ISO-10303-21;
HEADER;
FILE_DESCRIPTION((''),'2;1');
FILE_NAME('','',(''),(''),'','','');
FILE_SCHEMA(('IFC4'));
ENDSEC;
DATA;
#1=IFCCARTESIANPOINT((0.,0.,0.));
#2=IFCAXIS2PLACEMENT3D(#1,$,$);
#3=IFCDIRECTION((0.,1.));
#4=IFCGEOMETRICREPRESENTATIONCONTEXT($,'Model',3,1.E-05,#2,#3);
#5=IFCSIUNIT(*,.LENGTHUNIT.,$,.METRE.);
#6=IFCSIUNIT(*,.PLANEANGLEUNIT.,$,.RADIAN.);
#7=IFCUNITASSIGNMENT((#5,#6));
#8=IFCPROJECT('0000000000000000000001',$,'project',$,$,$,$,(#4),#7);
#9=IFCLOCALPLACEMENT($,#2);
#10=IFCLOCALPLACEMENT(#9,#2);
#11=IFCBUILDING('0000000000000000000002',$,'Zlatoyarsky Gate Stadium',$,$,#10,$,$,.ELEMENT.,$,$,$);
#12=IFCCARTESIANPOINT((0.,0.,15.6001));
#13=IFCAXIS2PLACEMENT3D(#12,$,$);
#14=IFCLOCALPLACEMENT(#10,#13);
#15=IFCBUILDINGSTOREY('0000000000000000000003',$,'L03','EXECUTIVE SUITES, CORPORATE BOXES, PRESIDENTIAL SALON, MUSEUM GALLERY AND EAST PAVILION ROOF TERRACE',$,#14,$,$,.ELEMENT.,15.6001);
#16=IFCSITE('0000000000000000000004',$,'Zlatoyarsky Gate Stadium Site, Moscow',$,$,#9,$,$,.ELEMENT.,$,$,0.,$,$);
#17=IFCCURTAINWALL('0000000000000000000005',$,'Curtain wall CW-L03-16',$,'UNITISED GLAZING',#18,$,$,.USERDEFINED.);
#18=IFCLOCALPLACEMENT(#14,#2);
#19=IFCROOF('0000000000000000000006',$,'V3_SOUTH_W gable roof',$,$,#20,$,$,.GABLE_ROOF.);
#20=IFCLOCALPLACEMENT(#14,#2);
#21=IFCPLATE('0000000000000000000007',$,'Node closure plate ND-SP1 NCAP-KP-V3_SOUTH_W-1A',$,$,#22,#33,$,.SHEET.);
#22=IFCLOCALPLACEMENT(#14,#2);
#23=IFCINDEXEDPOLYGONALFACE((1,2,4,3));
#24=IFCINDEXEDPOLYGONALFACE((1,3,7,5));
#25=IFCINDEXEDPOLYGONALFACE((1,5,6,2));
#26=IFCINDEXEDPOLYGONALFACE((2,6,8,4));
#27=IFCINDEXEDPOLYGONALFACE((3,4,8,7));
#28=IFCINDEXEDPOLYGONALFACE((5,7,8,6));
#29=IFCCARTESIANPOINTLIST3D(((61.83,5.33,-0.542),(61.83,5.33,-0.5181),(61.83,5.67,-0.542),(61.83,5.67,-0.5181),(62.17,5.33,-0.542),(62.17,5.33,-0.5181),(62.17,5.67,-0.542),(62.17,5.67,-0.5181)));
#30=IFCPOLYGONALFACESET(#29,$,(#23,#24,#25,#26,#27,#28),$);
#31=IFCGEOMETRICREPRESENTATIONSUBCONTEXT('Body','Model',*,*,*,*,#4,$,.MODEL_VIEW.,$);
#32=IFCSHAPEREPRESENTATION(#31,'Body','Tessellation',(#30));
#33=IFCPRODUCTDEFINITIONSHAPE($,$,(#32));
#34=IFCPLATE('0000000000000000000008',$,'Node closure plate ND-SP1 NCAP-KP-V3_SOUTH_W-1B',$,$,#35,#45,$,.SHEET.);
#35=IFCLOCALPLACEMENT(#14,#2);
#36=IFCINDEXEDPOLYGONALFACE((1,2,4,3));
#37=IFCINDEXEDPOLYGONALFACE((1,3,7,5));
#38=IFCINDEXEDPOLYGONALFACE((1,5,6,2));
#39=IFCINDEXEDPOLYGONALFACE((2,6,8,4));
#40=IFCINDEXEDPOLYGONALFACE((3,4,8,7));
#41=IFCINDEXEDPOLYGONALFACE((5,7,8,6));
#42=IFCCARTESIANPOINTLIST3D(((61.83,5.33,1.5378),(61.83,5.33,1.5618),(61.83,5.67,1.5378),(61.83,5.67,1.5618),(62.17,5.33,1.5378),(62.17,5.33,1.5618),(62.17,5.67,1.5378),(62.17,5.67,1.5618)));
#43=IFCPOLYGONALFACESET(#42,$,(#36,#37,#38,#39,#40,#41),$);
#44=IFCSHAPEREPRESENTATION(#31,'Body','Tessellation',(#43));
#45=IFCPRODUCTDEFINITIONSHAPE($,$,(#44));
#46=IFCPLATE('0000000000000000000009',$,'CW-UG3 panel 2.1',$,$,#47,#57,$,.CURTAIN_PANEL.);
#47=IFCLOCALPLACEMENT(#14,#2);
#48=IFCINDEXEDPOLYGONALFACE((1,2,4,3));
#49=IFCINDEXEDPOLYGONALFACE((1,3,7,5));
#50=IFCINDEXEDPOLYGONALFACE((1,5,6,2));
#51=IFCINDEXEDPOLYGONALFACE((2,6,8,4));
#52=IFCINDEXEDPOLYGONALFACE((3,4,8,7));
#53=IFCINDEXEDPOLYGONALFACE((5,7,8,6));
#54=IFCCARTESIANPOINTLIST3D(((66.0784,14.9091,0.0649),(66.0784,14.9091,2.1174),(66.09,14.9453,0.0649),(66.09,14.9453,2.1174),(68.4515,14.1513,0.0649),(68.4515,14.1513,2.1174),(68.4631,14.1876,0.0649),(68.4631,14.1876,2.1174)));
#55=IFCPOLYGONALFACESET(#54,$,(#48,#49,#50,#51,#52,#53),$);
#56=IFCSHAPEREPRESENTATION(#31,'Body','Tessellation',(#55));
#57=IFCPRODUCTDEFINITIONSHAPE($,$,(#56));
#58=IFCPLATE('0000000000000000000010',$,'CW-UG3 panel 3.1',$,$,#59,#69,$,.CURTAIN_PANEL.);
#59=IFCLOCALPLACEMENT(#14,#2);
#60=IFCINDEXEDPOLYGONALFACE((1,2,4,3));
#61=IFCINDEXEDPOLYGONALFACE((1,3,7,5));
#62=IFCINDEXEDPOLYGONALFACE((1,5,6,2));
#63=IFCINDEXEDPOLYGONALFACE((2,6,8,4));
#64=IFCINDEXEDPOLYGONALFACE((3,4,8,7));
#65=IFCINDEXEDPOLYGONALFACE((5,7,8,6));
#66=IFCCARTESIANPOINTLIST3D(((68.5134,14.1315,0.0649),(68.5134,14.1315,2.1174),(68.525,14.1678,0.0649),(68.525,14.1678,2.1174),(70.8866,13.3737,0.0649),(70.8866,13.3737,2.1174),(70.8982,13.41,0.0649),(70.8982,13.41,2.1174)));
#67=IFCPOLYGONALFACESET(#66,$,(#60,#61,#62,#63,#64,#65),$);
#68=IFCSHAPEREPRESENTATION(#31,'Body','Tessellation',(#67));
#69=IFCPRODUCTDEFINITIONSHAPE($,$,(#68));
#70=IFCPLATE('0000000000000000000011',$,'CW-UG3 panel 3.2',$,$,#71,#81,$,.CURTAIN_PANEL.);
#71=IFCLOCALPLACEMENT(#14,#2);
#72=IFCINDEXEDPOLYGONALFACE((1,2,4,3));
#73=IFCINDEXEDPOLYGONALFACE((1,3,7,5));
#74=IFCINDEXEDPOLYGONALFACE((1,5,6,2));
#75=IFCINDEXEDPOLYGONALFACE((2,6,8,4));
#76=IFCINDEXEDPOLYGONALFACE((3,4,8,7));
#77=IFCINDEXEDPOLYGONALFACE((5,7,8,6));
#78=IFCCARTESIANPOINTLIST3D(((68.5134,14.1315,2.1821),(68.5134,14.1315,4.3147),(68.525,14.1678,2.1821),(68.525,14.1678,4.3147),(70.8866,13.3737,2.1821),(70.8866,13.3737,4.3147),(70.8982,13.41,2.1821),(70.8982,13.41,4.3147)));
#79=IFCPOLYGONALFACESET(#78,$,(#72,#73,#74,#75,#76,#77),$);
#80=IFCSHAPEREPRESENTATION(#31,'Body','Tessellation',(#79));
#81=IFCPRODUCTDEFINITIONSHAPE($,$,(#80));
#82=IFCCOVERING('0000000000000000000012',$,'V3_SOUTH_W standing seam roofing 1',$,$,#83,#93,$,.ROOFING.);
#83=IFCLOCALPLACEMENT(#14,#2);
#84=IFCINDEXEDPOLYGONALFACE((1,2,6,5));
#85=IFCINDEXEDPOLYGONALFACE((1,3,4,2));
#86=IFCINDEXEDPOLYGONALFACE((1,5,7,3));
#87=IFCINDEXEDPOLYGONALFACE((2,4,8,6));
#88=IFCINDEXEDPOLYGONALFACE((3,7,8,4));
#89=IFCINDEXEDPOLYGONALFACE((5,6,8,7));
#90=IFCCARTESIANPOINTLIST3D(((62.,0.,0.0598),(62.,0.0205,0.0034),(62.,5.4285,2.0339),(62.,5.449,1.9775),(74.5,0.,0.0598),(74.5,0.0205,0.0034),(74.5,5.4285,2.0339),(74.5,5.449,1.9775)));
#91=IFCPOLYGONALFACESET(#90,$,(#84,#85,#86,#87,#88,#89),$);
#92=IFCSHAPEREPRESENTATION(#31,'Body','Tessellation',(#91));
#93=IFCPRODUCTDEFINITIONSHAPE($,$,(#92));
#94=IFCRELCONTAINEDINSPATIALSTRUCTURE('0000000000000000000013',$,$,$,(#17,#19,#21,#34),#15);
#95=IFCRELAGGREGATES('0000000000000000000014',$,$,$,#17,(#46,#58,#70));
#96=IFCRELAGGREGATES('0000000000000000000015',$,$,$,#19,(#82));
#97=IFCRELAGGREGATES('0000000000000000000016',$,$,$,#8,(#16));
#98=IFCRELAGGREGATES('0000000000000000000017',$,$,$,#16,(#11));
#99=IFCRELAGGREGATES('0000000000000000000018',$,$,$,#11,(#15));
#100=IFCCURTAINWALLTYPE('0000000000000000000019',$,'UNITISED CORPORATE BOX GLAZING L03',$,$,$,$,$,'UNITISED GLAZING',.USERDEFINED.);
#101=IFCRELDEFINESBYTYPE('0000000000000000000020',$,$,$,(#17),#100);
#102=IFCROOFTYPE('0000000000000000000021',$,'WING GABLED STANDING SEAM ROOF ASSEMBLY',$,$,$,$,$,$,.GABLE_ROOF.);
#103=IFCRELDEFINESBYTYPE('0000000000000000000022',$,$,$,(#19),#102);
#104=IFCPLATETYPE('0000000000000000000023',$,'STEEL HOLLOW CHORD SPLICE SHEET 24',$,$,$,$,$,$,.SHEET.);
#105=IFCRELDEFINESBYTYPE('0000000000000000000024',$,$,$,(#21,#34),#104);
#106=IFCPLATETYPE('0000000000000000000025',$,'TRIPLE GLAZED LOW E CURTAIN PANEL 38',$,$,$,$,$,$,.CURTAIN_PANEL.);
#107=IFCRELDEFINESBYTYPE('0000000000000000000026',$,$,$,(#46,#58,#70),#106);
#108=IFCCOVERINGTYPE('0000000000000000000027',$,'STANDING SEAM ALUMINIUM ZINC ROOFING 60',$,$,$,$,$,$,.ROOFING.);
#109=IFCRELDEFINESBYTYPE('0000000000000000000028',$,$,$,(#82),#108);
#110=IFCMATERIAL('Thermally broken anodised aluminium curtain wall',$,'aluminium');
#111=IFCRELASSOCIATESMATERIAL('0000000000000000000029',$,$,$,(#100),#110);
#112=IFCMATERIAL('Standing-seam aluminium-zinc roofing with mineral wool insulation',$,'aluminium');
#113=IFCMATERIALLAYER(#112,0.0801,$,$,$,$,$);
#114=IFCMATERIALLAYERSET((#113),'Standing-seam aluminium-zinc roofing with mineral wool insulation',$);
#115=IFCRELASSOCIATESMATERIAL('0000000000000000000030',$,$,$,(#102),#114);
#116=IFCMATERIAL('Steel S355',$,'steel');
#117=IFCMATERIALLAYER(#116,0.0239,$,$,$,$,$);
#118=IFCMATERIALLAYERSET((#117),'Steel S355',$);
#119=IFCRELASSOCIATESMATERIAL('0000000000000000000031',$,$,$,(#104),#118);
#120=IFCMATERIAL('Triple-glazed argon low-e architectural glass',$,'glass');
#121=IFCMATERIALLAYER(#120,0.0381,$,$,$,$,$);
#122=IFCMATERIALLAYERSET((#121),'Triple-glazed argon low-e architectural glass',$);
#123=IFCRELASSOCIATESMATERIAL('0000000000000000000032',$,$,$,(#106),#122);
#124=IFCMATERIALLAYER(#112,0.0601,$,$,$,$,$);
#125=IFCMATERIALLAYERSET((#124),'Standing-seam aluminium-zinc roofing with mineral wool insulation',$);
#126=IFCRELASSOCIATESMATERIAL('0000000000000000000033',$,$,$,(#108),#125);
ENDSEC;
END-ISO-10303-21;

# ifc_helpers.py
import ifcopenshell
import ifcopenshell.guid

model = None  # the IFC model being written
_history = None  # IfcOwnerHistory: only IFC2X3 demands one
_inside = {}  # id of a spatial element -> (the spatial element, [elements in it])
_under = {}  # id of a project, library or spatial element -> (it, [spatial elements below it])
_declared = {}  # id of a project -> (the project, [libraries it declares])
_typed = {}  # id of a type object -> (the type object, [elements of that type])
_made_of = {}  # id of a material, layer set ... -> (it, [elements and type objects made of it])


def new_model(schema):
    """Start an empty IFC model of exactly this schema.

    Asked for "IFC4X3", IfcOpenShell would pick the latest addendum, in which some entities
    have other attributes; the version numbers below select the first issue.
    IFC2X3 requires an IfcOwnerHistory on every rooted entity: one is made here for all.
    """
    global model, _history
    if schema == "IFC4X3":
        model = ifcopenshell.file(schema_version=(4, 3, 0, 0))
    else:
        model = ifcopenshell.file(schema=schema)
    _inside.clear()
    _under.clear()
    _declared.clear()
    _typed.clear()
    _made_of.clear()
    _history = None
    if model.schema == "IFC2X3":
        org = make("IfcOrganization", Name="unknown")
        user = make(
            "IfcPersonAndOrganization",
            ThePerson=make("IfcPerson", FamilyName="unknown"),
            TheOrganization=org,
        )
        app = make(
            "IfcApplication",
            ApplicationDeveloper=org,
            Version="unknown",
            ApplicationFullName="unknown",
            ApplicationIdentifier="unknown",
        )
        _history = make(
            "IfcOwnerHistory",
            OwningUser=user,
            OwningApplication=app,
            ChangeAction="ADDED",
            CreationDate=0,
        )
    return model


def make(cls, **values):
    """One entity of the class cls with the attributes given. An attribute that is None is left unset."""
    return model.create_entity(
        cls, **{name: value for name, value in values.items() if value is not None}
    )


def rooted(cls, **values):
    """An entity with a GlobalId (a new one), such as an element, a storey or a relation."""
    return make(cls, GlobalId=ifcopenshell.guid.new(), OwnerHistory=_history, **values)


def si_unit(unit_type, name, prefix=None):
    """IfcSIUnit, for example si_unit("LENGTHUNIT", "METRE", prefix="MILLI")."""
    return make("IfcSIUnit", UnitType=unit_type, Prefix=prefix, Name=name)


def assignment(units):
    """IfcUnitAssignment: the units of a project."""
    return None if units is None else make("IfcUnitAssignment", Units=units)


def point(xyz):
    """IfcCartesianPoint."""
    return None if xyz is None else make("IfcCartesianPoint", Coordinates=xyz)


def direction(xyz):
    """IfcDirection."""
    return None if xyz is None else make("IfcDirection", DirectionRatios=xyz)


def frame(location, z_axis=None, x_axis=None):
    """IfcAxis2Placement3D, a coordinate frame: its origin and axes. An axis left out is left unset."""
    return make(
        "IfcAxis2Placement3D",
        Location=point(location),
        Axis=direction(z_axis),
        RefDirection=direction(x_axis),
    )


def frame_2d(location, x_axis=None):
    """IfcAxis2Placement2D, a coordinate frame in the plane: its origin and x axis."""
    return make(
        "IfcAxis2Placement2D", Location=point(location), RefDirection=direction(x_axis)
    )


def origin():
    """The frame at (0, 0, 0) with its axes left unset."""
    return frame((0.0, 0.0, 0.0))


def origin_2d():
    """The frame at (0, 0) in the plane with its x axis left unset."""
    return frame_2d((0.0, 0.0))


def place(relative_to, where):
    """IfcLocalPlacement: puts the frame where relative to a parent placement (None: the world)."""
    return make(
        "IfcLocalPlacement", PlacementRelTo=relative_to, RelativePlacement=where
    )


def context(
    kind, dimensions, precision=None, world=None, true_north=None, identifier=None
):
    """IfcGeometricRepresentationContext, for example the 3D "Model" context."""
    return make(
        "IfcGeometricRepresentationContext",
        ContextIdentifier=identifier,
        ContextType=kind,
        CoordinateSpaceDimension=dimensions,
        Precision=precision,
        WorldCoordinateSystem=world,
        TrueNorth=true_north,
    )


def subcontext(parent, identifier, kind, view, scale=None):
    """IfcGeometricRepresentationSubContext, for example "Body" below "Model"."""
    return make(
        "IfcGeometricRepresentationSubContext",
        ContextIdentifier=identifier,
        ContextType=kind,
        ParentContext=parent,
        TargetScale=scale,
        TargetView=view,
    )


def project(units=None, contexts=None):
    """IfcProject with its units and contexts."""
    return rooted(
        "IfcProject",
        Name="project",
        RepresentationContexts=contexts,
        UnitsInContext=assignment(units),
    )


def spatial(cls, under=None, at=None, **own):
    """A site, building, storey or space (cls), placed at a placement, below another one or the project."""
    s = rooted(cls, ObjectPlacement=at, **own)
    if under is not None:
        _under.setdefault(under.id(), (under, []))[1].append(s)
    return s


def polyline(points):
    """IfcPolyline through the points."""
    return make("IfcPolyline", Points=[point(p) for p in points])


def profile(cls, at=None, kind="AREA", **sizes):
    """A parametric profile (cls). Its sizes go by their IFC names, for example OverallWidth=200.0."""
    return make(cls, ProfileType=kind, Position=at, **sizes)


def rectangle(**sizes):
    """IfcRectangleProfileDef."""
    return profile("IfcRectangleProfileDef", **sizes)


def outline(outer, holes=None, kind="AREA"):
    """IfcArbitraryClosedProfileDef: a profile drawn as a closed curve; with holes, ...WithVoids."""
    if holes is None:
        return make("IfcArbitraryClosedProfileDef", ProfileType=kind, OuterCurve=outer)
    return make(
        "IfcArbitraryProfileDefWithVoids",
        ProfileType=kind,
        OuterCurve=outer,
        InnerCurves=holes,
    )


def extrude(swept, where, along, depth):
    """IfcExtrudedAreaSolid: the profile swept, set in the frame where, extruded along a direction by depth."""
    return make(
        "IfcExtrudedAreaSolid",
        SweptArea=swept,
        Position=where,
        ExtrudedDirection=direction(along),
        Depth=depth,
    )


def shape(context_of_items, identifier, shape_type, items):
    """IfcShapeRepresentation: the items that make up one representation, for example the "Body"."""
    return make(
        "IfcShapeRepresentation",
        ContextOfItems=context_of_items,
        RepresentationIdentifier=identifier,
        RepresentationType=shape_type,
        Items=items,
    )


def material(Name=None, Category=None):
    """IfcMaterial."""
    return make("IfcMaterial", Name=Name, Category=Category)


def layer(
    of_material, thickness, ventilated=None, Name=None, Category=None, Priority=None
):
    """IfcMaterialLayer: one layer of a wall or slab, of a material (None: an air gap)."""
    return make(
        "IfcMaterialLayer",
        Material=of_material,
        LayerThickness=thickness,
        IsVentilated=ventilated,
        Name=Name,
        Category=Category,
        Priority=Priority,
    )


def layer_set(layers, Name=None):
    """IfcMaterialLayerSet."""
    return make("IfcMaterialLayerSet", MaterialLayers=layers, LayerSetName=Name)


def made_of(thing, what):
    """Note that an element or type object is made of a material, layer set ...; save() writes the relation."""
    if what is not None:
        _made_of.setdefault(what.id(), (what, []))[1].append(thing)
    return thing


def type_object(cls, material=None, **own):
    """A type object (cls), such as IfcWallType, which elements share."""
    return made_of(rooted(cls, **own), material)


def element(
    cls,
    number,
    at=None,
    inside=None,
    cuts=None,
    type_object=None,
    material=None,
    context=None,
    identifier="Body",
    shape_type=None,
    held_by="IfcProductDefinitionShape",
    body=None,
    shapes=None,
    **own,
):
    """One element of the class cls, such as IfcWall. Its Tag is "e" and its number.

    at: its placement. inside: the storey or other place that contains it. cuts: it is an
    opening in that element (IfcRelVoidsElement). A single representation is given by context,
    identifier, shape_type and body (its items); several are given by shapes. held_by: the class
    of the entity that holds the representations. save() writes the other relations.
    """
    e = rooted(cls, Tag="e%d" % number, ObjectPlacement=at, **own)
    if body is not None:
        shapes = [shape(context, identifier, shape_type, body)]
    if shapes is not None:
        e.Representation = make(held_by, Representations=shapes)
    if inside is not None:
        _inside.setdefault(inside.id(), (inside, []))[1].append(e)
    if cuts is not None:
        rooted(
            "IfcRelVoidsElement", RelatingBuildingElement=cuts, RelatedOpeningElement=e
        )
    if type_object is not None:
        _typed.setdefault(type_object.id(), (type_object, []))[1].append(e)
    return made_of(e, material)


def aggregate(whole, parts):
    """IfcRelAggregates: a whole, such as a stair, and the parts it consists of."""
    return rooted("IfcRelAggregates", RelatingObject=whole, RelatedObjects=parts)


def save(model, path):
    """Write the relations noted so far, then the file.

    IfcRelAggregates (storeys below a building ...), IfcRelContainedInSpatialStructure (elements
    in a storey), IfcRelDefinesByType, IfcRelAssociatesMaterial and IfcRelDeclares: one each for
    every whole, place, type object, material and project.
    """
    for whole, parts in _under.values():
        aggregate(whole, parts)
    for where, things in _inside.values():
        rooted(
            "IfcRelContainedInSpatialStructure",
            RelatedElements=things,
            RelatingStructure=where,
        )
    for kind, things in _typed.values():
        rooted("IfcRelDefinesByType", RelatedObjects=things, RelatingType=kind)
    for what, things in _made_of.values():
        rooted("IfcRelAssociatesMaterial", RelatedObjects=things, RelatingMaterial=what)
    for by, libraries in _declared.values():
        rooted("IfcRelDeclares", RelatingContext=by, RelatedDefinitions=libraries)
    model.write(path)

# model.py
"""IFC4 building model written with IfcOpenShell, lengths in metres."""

from ifc_helpers import new_model, si_unit, direction, frame, origin, origin_2d, place, context, subcontext, project, spatial, polyline, rectangle, outline, extrude, material, layer, layer_set, type_object, element, aggregate, save


model = new_model("IFC4")

# Units and contexts
model_context = context("Model", 3, precision=1e-05, world=origin(), true_north=direction((0.0, 1.0)))
body_context = subcontext(model_context, "Body", "Model", "MODEL_VIEW")
ifc_project = project(units=[si_unit("LENGTHUNIT", "METRE"), si_unit("PLANEANGLEUNIT", "RADIAN")], contexts=[model_context])

# Site, building, storey
site_placement = place(None, origin())
site = spatial("IfcSite", under=ifc_project, at=site_placement, Name="Zlatoyarsky Gate Stadium Site, Moscow", CompositionType="ELEMENT", RefElevation=0.0)
building_placement = place(site_placement, origin())
building = spatial("IfcBuilding", under=site, at=building_placement, Name="Zlatoyarsky Gate Stadium", CompositionType="ELEMENT")
storey_placement = place(building_placement, frame((0.0, 0.0, 15.6001)))
storey = spatial("IfcBuildingStorey", under=building, at=storey_placement, Name="L03", Description="EXECUTIVE SUITES, CORPORATE BOXES, PRESIDENTIAL SALON, MUSEUM GALLERY AND EAST PAVILION ROOF TERRACE", CompositionType="ELEMENT", Elevation=15.6001)

# Curtain wall
ifc_material_1 = material(Name="Thermally broken anodised aluminium curtain wall", Category="aluminium")
curtain_wall_type = type_object("IfcCurtainWallType", Name="UNITISED CORPORATE BOX GLAZING L03", ElementType="UNITISED GLAZING", PredefinedType="USERDEFINED", material=ifc_material_1)
curtain_wall_placement = place(storey_placement, origin())
curtain_wall = element("IfcCurtainWall", 1, at=curtain_wall_placement, inside=storey, type_object=curtain_wall_type, Name="Curtain wall CW-L03-16", ObjectType="UNITISED GLAZING", PredefinedType="USERDEFINED")

# Shared definitions
ifc_material_2 = material(Name="Steel S355", Category="steel")

# Roof
ifc_material_3 = material(Name="Standing-seam aluminium-zinc roofing with mineral wool insulation", Category="aluminium")
ifc_layer_1 = layer(ifc_material_3, 0.0801)
ifc_layer_set_1 = layer_set([ifc_layer_1], Name="Standing-seam aluminium-zinc roofing with mineral wool insulation")
roof_type = type_object("IfcRoofType", Name="WING GABLED STANDING SEAM ROOF ASSEMBLY", PredefinedType="GABLE_ROOF", material=ifc_layer_set_1)
roof_placement = place(storey_placement, origin())
roof = element("IfcRoof", 2, at=roof_placement, inside=storey, type_object=roof_type, Name="V3_SOUTH_W gable roof", PredefinedType="GABLE_ROOF")

# Plates
ifc_layer_2 = layer(ifc_material_2, 0.0239)
ifc_layer_set_2 = layer_set([ifc_layer_2], Name="Steel S355")
plate_type_1 = type_object("IfcPlateType", Name="STEEL HOLLOW CHORD SPLICE SHEET 24", PredefinedType="SHEET", material=ifc_layer_set_2)
for number, where, z_axis, x_axis, name in (
    (3, (62.0, 5.5, -0.542), (0.0, 0.0, 1.0), (1.0, 0.0, 0.0), "Node closure plate ND-SP1 NCAP-KP-V3_SOUTH_W-1A"),
    (4, (62.0, 5.5, 1.5378), (0.0, 0.0, 1.0), (1.0, 0.0, 0.0), "Node closure plate ND-SP1 NCAP-KP-V3_SOUTH_W-1B"),
):
    element("IfcPlate", number, at=place(storey_placement, frame(where, z_axis=z_axis, x_axis=x_axis)), inside=storey, type_object=plate_type_1, Name=name, PredefinedType="SHEET", context=body_context, shape_type="SweptSolid", body=[
        extrude(rectangle(XDim=0.3401, YDim=0.3401, at=origin_2d()), origin(), (0.0, 0.0, 1.0), 0.0239),
    ])

# Plates
ifc_material_4 = material(Name="Triple-glazed argon low-e architectural glass", Category="glass")
ifc_layer_3 = layer(ifc_material_4, 0.0381)
ifc_layer_set_3 = layer_set([ifc_layer_3], Name="Triple-glazed argon low-e architectural glass")
plate_type_2 = type_object("IfcPlateType", Name="TRIPLE GLAZED LOW E CURTAIN PANEL 38", PredefinedType="CURTAIN_PANEL", material=ifc_layer_set_3)
plate_1_placement = place(storey_placement, frame((67.2708, 14.5483, 0.0649), z_axis=(0.0, 0.0, 1.0), x_axis=(0.95262, -0.304162, 0.0)))
plate_1 = element("IfcPlate", 5, at=plate_1_placement, type_object=plate_type_2, Name="CW-UG3 panel 2.1", PredefinedType="CURTAIN_PANEL", context=body_context, shape_type="SweptSolid", body=[
    extrude(rectangle(XDim=2.4912, YDim=0.0381, at=origin_2d()), origin(), (0.0, 0.0, 1.0), 2.0525),
])
plate_2_placement = place(storey_placement, frame((69.7058, 13.7708, 0.0649), z_axis=(0.0, 0.0, 1.0), x_axis=(0.95262, -0.304162, 0.0)))
plate_2 = element("IfcPlate", 6, at=plate_2_placement, type_object=plate_type_2, Name="CW-UG3 panel 3.1", PredefinedType="CURTAIN_PANEL", context=body_context, shape_type="SweptSolid", body=[
    extrude(rectangle(XDim=2.4912, YDim=0.0381, at=origin_2d()), origin(), (0.0, 0.0, 1.0), 2.0525),
])
plate_3_placement = place(storey_placement, frame((69.7058, 13.7708, 2.1821), z_axis=(0.0, 0.0, 1.0), x_axis=(0.95262, -0.304162, 0.0)))
plate_3 = element("IfcPlate", 7, at=plate_3_placement, type_object=plate_type_2, Name="CW-UG3 panel 3.2", PredefinedType="CURTAIN_PANEL", context=body_context, shape_type="SweptSolid", body=[
    extrude(rectangle(XDim=2.4912, YDim=0.0381, at=origin_2d()), origin(), (0.0, 0.0, 1.0), 2.1326),
])
aggregate(curtain_wall, [plate_1, plate_2, plate_3])

# Covering
ifc_layer_4 = layer(ifc_material_3, 0.0601)
ifc_layer_set_4 = layer_set([ifc_layer_4], Name="Standing-seam aluminium-zinc roofing with mineral wool insulation")
covering_type = type_object("IfcCoveringType", Name="STANDING SEAM ALUMINIUM ZINC ROOFING 60", PredefinedType="ROOFING", material=ifc_layer_set_4)
covering_placement = place(storey_placement, frame((62.0, 0.0, 0.0598), z_axis=(0.0, -0.341763, 0.939786), x_axis=(1.0, 0.0, 0.0)))
covering = element("IfcCovering", 8, at=covering_placement, type_object=covering_type, Name="V3_SOUTH_W standing seam roofing 1", PredefinedType="ROOFING", context=body_context, shape_type="SweptSolid", body=[
    extrude(outline(polyline([(0.0, 0.0), (12.5, 0.0), (12.5, 5.7763), (0.0, 5.7763), (0.0, 0.0)])), origin(), (0.0, 0.0, -1.0), 0.0601),
])
aggregate(roof, [covering])

save(model, "model.ifc")
